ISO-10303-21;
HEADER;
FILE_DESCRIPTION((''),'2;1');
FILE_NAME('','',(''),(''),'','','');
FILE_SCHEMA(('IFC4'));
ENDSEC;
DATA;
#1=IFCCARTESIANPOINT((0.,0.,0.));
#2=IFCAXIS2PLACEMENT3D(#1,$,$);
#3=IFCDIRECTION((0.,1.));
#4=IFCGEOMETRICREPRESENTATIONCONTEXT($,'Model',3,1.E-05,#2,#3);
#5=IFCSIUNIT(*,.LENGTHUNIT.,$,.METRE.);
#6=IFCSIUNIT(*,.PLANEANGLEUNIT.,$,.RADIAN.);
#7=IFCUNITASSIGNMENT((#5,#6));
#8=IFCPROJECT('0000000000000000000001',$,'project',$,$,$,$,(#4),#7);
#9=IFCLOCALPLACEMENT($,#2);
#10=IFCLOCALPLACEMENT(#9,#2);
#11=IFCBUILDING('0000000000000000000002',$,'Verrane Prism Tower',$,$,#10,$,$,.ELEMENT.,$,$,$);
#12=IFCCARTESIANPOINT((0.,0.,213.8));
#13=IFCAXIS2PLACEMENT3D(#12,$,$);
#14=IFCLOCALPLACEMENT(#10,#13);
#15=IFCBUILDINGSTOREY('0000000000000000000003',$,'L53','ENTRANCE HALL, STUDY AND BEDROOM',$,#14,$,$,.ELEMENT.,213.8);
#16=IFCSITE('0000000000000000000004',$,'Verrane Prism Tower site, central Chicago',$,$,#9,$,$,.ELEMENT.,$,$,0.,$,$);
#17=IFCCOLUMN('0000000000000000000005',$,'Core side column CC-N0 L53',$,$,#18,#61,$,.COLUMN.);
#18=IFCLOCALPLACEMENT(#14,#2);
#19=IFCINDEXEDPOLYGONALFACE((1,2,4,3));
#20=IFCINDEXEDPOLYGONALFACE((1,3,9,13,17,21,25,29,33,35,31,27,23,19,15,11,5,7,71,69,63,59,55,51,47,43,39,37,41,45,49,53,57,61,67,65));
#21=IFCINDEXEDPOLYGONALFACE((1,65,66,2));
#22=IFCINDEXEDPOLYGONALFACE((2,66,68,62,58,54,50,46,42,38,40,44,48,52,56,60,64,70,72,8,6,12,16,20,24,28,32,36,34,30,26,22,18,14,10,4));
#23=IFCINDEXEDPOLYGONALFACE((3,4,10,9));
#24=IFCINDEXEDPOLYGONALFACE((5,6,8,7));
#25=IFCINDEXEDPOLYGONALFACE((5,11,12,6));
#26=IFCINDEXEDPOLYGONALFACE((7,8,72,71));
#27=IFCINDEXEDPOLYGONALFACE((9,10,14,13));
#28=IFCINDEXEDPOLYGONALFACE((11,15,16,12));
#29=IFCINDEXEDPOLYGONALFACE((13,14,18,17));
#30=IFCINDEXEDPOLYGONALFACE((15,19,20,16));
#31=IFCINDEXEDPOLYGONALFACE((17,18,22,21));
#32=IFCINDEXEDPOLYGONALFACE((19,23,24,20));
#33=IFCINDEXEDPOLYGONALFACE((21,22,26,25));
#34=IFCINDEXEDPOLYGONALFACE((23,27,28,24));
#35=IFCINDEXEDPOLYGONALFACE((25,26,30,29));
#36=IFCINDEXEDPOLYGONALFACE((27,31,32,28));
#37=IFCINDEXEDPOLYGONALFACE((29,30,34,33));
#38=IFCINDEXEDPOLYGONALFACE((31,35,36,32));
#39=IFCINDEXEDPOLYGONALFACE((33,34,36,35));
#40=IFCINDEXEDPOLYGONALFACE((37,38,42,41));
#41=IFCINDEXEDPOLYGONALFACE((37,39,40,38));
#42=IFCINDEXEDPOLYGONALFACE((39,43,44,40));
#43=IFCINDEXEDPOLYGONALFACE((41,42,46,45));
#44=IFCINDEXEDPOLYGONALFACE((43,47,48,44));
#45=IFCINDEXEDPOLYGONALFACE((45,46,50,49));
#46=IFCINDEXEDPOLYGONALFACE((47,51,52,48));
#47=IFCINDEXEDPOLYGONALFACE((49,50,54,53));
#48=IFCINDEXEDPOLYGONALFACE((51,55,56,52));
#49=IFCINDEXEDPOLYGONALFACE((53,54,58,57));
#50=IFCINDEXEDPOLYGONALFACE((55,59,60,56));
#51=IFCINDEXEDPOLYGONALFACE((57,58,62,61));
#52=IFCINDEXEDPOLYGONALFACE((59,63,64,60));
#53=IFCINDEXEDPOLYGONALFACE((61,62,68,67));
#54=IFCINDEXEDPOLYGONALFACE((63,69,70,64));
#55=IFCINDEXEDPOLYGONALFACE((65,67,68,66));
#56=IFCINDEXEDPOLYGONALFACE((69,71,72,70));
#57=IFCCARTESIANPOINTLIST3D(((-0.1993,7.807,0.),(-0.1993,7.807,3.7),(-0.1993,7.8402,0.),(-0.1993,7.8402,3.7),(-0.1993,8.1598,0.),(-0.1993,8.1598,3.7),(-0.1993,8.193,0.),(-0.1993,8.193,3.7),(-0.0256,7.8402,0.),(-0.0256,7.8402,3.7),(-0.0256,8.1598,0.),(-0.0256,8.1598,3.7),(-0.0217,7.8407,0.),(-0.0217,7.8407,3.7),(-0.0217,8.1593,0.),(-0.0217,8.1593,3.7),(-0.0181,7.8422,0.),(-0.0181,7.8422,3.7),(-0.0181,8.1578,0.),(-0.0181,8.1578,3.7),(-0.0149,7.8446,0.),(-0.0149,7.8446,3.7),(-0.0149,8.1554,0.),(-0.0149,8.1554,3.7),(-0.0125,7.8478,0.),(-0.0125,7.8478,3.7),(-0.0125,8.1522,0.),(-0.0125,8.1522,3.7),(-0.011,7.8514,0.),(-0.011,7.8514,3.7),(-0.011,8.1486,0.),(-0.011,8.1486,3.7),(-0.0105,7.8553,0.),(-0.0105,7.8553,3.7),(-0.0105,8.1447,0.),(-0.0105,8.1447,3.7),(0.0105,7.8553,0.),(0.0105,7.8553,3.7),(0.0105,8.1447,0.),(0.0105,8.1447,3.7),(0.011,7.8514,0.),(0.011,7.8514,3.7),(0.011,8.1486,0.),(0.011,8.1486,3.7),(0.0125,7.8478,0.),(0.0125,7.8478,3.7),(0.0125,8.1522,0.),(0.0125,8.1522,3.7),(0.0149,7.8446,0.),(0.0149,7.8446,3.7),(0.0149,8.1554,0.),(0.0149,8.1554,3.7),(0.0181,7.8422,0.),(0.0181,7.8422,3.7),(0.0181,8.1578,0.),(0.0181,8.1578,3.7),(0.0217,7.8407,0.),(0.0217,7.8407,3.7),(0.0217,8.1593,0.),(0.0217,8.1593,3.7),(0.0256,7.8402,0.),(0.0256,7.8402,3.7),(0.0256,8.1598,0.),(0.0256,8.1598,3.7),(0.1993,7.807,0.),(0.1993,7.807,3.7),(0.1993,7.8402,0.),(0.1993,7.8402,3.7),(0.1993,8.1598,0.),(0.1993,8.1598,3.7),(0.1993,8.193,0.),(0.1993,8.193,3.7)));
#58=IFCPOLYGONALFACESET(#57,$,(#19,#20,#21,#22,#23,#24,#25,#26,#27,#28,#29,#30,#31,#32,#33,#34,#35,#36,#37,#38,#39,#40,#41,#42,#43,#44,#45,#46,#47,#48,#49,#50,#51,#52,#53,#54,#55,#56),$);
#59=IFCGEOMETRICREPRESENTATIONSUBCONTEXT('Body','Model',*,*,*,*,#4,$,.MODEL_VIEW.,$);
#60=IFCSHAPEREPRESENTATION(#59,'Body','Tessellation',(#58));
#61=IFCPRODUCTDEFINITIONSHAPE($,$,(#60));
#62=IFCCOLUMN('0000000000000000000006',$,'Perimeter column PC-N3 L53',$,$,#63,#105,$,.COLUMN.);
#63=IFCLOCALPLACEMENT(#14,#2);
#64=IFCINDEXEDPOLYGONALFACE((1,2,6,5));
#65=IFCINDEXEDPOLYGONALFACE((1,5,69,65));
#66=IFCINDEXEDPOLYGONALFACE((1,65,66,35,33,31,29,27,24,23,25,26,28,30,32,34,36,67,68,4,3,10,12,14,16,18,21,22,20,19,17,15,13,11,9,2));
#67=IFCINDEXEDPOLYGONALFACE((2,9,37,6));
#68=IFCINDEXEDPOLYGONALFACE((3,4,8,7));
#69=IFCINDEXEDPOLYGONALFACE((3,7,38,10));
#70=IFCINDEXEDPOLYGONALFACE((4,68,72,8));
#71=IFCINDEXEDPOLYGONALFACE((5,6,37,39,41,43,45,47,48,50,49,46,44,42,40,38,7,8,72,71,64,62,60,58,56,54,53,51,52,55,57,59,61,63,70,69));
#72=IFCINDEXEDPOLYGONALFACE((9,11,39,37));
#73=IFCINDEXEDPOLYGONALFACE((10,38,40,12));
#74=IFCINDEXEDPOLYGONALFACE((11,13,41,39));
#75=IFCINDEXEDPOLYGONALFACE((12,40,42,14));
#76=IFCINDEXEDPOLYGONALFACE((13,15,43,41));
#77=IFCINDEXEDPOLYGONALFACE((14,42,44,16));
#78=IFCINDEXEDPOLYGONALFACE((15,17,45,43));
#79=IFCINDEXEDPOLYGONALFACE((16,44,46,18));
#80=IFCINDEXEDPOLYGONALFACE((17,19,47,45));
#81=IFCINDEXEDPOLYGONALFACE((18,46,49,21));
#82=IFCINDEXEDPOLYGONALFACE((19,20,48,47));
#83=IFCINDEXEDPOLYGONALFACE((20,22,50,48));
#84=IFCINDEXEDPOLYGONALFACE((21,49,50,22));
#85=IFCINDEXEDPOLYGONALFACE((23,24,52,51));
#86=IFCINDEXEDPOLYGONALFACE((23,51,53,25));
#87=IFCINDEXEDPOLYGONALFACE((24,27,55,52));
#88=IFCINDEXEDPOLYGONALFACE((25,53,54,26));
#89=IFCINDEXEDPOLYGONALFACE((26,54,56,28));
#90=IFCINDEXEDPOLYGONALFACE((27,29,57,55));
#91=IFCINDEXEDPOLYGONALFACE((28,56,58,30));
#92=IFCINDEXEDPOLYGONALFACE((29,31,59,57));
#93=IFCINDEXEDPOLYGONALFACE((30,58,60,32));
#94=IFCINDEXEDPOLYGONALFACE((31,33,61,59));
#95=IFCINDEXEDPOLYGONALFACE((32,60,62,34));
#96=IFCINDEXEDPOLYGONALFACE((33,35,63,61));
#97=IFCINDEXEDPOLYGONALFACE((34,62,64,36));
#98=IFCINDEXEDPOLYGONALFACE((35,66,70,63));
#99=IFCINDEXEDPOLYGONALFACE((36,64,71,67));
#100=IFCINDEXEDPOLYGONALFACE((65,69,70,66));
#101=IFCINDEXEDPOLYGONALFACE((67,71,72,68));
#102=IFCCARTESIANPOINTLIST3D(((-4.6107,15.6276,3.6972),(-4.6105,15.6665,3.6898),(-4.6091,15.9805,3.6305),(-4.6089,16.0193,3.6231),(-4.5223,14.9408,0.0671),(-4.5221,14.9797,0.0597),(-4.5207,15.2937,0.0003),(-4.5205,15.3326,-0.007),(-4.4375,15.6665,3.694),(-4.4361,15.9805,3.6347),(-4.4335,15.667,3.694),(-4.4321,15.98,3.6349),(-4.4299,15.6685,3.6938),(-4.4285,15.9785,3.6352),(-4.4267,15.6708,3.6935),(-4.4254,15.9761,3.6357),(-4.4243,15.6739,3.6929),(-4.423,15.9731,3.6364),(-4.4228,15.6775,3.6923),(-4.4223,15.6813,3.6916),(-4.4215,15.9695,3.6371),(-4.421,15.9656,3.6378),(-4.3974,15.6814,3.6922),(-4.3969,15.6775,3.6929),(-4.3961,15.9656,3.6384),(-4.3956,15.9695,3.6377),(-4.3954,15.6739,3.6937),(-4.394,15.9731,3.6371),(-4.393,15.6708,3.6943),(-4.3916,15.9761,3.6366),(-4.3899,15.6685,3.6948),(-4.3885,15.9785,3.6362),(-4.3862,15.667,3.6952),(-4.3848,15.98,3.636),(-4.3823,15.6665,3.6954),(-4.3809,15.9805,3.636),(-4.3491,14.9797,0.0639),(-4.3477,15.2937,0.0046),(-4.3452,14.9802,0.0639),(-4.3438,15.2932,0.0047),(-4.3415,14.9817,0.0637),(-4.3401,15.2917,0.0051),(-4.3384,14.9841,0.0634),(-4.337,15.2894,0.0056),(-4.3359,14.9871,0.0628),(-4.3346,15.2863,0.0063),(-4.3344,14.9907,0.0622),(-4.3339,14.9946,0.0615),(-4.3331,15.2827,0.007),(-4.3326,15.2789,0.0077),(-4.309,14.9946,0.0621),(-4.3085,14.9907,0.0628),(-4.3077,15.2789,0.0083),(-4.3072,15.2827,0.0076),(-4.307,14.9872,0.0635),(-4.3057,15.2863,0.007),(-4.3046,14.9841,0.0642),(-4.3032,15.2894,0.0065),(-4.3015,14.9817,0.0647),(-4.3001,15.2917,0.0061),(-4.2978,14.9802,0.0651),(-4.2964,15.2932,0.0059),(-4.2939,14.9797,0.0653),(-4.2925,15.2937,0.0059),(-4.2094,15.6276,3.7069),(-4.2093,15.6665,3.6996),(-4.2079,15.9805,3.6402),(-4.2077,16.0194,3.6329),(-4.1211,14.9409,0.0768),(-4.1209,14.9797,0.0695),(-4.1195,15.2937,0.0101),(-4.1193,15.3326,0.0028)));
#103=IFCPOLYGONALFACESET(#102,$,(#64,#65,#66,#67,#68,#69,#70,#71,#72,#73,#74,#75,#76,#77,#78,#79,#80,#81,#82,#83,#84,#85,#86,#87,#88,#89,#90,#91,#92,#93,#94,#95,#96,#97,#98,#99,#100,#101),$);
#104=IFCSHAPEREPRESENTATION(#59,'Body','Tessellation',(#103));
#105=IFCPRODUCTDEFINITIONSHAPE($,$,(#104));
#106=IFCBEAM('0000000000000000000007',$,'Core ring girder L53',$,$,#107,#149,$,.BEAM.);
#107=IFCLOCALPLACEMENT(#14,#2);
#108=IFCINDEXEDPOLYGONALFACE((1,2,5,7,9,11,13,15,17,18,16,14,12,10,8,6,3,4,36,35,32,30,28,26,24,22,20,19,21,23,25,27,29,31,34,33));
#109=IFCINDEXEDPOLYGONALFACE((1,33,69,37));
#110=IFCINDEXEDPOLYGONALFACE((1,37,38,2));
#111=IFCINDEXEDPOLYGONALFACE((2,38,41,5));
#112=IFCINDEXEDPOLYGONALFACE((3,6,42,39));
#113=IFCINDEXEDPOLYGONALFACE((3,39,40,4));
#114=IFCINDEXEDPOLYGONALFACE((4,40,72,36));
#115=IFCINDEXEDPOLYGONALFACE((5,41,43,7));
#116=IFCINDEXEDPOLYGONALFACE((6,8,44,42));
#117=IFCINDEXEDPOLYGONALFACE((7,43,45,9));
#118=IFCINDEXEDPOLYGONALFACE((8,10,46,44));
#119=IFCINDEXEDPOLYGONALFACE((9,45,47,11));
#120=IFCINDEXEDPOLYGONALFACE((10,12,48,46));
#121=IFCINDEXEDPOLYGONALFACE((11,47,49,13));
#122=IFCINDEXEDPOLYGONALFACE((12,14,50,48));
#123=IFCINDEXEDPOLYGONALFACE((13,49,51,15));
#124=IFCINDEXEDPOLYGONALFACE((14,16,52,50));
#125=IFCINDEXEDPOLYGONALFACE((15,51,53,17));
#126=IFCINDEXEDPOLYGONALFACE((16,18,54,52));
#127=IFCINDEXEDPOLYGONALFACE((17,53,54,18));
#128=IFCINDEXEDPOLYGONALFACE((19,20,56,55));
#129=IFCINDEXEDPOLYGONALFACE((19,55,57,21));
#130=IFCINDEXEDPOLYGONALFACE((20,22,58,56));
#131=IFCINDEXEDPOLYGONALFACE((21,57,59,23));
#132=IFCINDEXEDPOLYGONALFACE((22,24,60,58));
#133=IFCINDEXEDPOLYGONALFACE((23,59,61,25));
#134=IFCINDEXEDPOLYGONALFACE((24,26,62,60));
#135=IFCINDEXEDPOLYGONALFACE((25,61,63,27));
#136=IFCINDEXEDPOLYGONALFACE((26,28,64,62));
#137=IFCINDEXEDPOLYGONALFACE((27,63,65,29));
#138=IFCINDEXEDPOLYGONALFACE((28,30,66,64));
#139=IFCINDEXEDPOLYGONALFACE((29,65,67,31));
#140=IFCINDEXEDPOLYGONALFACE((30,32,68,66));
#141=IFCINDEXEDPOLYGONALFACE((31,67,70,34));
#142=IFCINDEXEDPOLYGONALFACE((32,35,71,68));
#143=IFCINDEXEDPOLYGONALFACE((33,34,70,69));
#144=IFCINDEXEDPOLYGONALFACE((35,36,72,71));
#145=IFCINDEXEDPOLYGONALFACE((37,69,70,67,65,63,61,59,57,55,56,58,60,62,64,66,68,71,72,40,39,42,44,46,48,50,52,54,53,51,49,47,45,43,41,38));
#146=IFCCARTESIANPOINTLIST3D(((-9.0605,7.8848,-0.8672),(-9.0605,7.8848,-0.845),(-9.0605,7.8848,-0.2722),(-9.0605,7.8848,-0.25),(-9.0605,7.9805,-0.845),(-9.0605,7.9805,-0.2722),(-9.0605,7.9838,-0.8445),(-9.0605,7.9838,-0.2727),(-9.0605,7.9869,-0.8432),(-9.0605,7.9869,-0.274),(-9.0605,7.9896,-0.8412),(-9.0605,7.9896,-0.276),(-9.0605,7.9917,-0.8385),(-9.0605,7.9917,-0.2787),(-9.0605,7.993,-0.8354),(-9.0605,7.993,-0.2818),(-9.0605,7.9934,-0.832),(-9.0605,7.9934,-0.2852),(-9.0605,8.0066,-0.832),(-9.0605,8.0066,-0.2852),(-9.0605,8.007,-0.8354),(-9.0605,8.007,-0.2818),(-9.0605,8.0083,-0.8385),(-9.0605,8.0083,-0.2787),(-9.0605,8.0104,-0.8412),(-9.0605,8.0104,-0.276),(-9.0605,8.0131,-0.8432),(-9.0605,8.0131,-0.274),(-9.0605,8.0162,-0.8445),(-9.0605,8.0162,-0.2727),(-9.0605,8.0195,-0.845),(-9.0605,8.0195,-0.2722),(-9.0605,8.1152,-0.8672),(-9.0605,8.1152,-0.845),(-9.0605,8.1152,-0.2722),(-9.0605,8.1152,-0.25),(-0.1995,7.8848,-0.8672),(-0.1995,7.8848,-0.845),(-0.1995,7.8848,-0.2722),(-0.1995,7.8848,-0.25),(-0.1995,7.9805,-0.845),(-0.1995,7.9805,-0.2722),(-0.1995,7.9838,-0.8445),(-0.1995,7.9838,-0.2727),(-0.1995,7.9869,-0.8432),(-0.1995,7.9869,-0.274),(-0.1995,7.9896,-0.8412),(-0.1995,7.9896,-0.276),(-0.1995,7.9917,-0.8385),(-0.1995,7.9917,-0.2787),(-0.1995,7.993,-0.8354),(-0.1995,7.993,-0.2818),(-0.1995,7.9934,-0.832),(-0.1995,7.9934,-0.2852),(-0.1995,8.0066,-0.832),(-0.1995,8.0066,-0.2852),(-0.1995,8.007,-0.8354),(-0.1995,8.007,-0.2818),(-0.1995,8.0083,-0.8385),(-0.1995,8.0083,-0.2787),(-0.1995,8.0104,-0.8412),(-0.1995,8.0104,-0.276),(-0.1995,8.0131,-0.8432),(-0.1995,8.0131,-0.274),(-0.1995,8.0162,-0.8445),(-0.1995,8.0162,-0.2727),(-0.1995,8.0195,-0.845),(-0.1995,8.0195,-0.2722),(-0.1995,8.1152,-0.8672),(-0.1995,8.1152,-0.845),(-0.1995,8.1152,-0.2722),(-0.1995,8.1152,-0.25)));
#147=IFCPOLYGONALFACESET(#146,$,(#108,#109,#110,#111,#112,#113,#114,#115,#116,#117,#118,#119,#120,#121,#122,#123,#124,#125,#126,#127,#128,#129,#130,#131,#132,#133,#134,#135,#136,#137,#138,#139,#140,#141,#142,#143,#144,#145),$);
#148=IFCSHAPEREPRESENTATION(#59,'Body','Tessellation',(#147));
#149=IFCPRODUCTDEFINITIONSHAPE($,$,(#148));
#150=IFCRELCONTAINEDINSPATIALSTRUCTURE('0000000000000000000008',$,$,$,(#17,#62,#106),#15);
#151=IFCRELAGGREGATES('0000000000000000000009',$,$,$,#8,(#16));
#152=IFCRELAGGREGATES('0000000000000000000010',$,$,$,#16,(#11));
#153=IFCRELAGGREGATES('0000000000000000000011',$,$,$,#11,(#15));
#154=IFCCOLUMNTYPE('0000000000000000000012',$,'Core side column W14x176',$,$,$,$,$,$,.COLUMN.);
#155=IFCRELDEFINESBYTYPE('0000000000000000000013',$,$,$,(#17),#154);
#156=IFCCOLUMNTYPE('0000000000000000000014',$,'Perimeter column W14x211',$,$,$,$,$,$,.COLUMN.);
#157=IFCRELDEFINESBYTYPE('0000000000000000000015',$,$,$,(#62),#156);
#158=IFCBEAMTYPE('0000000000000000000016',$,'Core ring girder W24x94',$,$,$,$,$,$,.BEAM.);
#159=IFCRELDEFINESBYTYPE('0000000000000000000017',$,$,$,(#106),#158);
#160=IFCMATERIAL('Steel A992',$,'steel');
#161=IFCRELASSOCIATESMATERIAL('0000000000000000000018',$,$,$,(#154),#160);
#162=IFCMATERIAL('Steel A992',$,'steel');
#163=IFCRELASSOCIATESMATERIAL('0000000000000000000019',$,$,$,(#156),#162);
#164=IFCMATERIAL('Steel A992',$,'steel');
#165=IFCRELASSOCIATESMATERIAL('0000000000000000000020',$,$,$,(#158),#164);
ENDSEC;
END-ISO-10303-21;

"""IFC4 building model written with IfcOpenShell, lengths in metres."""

from ifc_helpers import new_model, si_unit, direction, frame, origin, origin_2d, place, context, subcontext, project, spatial, i_section, extrude, material, material_profile, profile_set, type_object, element, save


model = new_model("IFC4")

# Units and contexts
model_context = context("Model", 3, precision=1e-05, world=origin(), true_north=direction((0.0, 1.0)))
body_context = subcontext(model_context, "Body", "Model", "MODEL_VIEW")
ifc_project = project(units=[si_unit("LENGTHUNIT", "METRE"), si_unit("PLANEANGLEUNIT", "RADIAN")], contexts=[model_context])

# Site, building, storey
site_placement = place(None, origin())
site = spatial("IfcSite", under=ifc_project, at=site_placement, Name="Verrane Prism Tower site, central Chicago", CompositionType="ELEMENT", RefElevation=0.0)
building_placement = place(site_placement, origin())
building = spatial("IfcBuilding", under=site, at=building_placement, Name="Verrane Prism Tower", CompositionType="ELEMENT")
storey_placement = place(building_placement, frame((0.0, 0.0, 213.8)))
storey = spatial("IfcBuildingStorey", under=building, at=storey_placement, Name="L53", Description="ENTRANCE HALL, STUDY AND BEDROOM", CompositionType="ELEMENT", Elevation=213.8)

# Columns
ifc_material_1 = material(Name="Steel A992", Category="steel")
ifc_material_profile_1 = material_profile(ifc_material_1, i_section(OverallWidth=0.3987, OverallDepth=0.386, WebThickness=0.021, FlangeThickness=0.0332, FilletRadius=0.0151, at=origin_2d()), Name="W14x176")
ifc_profile_set_1 = profile_set([ifc_material_profile_1], Name="Steel A992")
column_type_1 = type_object("IfcColumnType", Name="Core side column W14x176", PredefinedType="COLUMN", material=ifc_profile_set_1)
column_1_placement = place(storey_placement, frame((0.0, 8.0, 0.0), z_axis=(0.0, 0.0, 1.0), x_axis=(1.0, 0.0, 0.0)))
element("IfcColumn", 1, at=column_1_placement, inside=storey, type_object=column_type_1, Name="Core side column CC-N0 L53", PredefinedType="COLUMN", context=body_context, shape_type="SweptSolid", body=[
    extrude(i_section(OverallWidth=0.3987, OverallDepth=0.386, WebThickness=0.021, FlangeThickness=0.0332, FilletRadius=0.0151, at=origin_2d()), origin(), (0.0, 0.0, 1.0), 3.7),
])
ifc_material_2 = material(Name="Steel A992", Category="steel")
ifc_material_profile_2 = material_profile(ifc_material_2, i_section(OverallWidth=0.4014, OverallDepth=0.3987, WebThickness=0.0249, FlangeThickness=0.0396, FilletRadius=0.0151, at=origin_2d()), Name="W14x211")
ifc_profile_set_2 = profile_set([ifc_material_profile_2], Name="Steel A992")
column_type_2 = type_object("IfcColumnType", Name="Perimeter column W14x211", PredefinedType="COLUMN", material=ifc_profile_set_2)
column_2_placement = place(storey_placement, frame((-4.3208, 15.1367, 0.0349), z_axis=(-0.023915, 0.185835, 0.98229), x_axis=(0.999704, 0.000115, 0.024317)))
element("IfcColumn", 2, at=column_2_placement, inside=storey, type_object=column_type_2, Name="Perimeter column PC-N3 L53", PredefinedType="COLUMN", context=body_context, shape_type="SweptSolid", body=[
    extrude(i_section(OverallWidth=0.4014, OverallDepth=0.3987, WebThickness=0.0249, FlangeThickness=0.0396, FilletRadius=0.0151, at=origin_2d()), origin(), (0.0, 0.0, 1.0), 3.6956),
])

# Beam
ifc_material_3 = material(Name="Steel A992", Category="steel")
ifc_material_profile_3 = material_profile(ifc_material_3, i_section(OverallWidth=0.2305, OverallDepth=0.6172, WebThickness=0.0132, FlangeThickness=0.0222, FilletRadius=0.0129, at=origin_2d()), Name="W24x94")
ifc_profile_set_3 = profile_set([ifc_material_profile_3], Name="Steel A992")
beam_type_1 = type_object("IfcBeamType", Name="Core ring girder W24x94", PredefinedType="BEAM", material=ifc_profile_set_3)
beam_1_placement = place(storey_placement, frame((-0.1995, 8.0, -0.5586), z_axis=(-1.0, 0.0, 0.0), x_axis=(0.0, -1.0, 0.0)))
element("IfcBeam", 3, at=beam_1_placement, inside=storey, type_object=beam_type_1, Name="Core ring girder L53", PredefinedType="BEAM", context=body_context, shape_type="SweptSolid", body=[
    extrude(i_section(OverallWidth=0.2305, OverallDepth=0.6172, WebThickness=0.0132, FlangeThickness=0.0222, FilletRadius=0.0129, at=origin_2d()), origin(), (0.0, 0.0, 1.0), 8.8611),
])

save(model, "model.ifc")
